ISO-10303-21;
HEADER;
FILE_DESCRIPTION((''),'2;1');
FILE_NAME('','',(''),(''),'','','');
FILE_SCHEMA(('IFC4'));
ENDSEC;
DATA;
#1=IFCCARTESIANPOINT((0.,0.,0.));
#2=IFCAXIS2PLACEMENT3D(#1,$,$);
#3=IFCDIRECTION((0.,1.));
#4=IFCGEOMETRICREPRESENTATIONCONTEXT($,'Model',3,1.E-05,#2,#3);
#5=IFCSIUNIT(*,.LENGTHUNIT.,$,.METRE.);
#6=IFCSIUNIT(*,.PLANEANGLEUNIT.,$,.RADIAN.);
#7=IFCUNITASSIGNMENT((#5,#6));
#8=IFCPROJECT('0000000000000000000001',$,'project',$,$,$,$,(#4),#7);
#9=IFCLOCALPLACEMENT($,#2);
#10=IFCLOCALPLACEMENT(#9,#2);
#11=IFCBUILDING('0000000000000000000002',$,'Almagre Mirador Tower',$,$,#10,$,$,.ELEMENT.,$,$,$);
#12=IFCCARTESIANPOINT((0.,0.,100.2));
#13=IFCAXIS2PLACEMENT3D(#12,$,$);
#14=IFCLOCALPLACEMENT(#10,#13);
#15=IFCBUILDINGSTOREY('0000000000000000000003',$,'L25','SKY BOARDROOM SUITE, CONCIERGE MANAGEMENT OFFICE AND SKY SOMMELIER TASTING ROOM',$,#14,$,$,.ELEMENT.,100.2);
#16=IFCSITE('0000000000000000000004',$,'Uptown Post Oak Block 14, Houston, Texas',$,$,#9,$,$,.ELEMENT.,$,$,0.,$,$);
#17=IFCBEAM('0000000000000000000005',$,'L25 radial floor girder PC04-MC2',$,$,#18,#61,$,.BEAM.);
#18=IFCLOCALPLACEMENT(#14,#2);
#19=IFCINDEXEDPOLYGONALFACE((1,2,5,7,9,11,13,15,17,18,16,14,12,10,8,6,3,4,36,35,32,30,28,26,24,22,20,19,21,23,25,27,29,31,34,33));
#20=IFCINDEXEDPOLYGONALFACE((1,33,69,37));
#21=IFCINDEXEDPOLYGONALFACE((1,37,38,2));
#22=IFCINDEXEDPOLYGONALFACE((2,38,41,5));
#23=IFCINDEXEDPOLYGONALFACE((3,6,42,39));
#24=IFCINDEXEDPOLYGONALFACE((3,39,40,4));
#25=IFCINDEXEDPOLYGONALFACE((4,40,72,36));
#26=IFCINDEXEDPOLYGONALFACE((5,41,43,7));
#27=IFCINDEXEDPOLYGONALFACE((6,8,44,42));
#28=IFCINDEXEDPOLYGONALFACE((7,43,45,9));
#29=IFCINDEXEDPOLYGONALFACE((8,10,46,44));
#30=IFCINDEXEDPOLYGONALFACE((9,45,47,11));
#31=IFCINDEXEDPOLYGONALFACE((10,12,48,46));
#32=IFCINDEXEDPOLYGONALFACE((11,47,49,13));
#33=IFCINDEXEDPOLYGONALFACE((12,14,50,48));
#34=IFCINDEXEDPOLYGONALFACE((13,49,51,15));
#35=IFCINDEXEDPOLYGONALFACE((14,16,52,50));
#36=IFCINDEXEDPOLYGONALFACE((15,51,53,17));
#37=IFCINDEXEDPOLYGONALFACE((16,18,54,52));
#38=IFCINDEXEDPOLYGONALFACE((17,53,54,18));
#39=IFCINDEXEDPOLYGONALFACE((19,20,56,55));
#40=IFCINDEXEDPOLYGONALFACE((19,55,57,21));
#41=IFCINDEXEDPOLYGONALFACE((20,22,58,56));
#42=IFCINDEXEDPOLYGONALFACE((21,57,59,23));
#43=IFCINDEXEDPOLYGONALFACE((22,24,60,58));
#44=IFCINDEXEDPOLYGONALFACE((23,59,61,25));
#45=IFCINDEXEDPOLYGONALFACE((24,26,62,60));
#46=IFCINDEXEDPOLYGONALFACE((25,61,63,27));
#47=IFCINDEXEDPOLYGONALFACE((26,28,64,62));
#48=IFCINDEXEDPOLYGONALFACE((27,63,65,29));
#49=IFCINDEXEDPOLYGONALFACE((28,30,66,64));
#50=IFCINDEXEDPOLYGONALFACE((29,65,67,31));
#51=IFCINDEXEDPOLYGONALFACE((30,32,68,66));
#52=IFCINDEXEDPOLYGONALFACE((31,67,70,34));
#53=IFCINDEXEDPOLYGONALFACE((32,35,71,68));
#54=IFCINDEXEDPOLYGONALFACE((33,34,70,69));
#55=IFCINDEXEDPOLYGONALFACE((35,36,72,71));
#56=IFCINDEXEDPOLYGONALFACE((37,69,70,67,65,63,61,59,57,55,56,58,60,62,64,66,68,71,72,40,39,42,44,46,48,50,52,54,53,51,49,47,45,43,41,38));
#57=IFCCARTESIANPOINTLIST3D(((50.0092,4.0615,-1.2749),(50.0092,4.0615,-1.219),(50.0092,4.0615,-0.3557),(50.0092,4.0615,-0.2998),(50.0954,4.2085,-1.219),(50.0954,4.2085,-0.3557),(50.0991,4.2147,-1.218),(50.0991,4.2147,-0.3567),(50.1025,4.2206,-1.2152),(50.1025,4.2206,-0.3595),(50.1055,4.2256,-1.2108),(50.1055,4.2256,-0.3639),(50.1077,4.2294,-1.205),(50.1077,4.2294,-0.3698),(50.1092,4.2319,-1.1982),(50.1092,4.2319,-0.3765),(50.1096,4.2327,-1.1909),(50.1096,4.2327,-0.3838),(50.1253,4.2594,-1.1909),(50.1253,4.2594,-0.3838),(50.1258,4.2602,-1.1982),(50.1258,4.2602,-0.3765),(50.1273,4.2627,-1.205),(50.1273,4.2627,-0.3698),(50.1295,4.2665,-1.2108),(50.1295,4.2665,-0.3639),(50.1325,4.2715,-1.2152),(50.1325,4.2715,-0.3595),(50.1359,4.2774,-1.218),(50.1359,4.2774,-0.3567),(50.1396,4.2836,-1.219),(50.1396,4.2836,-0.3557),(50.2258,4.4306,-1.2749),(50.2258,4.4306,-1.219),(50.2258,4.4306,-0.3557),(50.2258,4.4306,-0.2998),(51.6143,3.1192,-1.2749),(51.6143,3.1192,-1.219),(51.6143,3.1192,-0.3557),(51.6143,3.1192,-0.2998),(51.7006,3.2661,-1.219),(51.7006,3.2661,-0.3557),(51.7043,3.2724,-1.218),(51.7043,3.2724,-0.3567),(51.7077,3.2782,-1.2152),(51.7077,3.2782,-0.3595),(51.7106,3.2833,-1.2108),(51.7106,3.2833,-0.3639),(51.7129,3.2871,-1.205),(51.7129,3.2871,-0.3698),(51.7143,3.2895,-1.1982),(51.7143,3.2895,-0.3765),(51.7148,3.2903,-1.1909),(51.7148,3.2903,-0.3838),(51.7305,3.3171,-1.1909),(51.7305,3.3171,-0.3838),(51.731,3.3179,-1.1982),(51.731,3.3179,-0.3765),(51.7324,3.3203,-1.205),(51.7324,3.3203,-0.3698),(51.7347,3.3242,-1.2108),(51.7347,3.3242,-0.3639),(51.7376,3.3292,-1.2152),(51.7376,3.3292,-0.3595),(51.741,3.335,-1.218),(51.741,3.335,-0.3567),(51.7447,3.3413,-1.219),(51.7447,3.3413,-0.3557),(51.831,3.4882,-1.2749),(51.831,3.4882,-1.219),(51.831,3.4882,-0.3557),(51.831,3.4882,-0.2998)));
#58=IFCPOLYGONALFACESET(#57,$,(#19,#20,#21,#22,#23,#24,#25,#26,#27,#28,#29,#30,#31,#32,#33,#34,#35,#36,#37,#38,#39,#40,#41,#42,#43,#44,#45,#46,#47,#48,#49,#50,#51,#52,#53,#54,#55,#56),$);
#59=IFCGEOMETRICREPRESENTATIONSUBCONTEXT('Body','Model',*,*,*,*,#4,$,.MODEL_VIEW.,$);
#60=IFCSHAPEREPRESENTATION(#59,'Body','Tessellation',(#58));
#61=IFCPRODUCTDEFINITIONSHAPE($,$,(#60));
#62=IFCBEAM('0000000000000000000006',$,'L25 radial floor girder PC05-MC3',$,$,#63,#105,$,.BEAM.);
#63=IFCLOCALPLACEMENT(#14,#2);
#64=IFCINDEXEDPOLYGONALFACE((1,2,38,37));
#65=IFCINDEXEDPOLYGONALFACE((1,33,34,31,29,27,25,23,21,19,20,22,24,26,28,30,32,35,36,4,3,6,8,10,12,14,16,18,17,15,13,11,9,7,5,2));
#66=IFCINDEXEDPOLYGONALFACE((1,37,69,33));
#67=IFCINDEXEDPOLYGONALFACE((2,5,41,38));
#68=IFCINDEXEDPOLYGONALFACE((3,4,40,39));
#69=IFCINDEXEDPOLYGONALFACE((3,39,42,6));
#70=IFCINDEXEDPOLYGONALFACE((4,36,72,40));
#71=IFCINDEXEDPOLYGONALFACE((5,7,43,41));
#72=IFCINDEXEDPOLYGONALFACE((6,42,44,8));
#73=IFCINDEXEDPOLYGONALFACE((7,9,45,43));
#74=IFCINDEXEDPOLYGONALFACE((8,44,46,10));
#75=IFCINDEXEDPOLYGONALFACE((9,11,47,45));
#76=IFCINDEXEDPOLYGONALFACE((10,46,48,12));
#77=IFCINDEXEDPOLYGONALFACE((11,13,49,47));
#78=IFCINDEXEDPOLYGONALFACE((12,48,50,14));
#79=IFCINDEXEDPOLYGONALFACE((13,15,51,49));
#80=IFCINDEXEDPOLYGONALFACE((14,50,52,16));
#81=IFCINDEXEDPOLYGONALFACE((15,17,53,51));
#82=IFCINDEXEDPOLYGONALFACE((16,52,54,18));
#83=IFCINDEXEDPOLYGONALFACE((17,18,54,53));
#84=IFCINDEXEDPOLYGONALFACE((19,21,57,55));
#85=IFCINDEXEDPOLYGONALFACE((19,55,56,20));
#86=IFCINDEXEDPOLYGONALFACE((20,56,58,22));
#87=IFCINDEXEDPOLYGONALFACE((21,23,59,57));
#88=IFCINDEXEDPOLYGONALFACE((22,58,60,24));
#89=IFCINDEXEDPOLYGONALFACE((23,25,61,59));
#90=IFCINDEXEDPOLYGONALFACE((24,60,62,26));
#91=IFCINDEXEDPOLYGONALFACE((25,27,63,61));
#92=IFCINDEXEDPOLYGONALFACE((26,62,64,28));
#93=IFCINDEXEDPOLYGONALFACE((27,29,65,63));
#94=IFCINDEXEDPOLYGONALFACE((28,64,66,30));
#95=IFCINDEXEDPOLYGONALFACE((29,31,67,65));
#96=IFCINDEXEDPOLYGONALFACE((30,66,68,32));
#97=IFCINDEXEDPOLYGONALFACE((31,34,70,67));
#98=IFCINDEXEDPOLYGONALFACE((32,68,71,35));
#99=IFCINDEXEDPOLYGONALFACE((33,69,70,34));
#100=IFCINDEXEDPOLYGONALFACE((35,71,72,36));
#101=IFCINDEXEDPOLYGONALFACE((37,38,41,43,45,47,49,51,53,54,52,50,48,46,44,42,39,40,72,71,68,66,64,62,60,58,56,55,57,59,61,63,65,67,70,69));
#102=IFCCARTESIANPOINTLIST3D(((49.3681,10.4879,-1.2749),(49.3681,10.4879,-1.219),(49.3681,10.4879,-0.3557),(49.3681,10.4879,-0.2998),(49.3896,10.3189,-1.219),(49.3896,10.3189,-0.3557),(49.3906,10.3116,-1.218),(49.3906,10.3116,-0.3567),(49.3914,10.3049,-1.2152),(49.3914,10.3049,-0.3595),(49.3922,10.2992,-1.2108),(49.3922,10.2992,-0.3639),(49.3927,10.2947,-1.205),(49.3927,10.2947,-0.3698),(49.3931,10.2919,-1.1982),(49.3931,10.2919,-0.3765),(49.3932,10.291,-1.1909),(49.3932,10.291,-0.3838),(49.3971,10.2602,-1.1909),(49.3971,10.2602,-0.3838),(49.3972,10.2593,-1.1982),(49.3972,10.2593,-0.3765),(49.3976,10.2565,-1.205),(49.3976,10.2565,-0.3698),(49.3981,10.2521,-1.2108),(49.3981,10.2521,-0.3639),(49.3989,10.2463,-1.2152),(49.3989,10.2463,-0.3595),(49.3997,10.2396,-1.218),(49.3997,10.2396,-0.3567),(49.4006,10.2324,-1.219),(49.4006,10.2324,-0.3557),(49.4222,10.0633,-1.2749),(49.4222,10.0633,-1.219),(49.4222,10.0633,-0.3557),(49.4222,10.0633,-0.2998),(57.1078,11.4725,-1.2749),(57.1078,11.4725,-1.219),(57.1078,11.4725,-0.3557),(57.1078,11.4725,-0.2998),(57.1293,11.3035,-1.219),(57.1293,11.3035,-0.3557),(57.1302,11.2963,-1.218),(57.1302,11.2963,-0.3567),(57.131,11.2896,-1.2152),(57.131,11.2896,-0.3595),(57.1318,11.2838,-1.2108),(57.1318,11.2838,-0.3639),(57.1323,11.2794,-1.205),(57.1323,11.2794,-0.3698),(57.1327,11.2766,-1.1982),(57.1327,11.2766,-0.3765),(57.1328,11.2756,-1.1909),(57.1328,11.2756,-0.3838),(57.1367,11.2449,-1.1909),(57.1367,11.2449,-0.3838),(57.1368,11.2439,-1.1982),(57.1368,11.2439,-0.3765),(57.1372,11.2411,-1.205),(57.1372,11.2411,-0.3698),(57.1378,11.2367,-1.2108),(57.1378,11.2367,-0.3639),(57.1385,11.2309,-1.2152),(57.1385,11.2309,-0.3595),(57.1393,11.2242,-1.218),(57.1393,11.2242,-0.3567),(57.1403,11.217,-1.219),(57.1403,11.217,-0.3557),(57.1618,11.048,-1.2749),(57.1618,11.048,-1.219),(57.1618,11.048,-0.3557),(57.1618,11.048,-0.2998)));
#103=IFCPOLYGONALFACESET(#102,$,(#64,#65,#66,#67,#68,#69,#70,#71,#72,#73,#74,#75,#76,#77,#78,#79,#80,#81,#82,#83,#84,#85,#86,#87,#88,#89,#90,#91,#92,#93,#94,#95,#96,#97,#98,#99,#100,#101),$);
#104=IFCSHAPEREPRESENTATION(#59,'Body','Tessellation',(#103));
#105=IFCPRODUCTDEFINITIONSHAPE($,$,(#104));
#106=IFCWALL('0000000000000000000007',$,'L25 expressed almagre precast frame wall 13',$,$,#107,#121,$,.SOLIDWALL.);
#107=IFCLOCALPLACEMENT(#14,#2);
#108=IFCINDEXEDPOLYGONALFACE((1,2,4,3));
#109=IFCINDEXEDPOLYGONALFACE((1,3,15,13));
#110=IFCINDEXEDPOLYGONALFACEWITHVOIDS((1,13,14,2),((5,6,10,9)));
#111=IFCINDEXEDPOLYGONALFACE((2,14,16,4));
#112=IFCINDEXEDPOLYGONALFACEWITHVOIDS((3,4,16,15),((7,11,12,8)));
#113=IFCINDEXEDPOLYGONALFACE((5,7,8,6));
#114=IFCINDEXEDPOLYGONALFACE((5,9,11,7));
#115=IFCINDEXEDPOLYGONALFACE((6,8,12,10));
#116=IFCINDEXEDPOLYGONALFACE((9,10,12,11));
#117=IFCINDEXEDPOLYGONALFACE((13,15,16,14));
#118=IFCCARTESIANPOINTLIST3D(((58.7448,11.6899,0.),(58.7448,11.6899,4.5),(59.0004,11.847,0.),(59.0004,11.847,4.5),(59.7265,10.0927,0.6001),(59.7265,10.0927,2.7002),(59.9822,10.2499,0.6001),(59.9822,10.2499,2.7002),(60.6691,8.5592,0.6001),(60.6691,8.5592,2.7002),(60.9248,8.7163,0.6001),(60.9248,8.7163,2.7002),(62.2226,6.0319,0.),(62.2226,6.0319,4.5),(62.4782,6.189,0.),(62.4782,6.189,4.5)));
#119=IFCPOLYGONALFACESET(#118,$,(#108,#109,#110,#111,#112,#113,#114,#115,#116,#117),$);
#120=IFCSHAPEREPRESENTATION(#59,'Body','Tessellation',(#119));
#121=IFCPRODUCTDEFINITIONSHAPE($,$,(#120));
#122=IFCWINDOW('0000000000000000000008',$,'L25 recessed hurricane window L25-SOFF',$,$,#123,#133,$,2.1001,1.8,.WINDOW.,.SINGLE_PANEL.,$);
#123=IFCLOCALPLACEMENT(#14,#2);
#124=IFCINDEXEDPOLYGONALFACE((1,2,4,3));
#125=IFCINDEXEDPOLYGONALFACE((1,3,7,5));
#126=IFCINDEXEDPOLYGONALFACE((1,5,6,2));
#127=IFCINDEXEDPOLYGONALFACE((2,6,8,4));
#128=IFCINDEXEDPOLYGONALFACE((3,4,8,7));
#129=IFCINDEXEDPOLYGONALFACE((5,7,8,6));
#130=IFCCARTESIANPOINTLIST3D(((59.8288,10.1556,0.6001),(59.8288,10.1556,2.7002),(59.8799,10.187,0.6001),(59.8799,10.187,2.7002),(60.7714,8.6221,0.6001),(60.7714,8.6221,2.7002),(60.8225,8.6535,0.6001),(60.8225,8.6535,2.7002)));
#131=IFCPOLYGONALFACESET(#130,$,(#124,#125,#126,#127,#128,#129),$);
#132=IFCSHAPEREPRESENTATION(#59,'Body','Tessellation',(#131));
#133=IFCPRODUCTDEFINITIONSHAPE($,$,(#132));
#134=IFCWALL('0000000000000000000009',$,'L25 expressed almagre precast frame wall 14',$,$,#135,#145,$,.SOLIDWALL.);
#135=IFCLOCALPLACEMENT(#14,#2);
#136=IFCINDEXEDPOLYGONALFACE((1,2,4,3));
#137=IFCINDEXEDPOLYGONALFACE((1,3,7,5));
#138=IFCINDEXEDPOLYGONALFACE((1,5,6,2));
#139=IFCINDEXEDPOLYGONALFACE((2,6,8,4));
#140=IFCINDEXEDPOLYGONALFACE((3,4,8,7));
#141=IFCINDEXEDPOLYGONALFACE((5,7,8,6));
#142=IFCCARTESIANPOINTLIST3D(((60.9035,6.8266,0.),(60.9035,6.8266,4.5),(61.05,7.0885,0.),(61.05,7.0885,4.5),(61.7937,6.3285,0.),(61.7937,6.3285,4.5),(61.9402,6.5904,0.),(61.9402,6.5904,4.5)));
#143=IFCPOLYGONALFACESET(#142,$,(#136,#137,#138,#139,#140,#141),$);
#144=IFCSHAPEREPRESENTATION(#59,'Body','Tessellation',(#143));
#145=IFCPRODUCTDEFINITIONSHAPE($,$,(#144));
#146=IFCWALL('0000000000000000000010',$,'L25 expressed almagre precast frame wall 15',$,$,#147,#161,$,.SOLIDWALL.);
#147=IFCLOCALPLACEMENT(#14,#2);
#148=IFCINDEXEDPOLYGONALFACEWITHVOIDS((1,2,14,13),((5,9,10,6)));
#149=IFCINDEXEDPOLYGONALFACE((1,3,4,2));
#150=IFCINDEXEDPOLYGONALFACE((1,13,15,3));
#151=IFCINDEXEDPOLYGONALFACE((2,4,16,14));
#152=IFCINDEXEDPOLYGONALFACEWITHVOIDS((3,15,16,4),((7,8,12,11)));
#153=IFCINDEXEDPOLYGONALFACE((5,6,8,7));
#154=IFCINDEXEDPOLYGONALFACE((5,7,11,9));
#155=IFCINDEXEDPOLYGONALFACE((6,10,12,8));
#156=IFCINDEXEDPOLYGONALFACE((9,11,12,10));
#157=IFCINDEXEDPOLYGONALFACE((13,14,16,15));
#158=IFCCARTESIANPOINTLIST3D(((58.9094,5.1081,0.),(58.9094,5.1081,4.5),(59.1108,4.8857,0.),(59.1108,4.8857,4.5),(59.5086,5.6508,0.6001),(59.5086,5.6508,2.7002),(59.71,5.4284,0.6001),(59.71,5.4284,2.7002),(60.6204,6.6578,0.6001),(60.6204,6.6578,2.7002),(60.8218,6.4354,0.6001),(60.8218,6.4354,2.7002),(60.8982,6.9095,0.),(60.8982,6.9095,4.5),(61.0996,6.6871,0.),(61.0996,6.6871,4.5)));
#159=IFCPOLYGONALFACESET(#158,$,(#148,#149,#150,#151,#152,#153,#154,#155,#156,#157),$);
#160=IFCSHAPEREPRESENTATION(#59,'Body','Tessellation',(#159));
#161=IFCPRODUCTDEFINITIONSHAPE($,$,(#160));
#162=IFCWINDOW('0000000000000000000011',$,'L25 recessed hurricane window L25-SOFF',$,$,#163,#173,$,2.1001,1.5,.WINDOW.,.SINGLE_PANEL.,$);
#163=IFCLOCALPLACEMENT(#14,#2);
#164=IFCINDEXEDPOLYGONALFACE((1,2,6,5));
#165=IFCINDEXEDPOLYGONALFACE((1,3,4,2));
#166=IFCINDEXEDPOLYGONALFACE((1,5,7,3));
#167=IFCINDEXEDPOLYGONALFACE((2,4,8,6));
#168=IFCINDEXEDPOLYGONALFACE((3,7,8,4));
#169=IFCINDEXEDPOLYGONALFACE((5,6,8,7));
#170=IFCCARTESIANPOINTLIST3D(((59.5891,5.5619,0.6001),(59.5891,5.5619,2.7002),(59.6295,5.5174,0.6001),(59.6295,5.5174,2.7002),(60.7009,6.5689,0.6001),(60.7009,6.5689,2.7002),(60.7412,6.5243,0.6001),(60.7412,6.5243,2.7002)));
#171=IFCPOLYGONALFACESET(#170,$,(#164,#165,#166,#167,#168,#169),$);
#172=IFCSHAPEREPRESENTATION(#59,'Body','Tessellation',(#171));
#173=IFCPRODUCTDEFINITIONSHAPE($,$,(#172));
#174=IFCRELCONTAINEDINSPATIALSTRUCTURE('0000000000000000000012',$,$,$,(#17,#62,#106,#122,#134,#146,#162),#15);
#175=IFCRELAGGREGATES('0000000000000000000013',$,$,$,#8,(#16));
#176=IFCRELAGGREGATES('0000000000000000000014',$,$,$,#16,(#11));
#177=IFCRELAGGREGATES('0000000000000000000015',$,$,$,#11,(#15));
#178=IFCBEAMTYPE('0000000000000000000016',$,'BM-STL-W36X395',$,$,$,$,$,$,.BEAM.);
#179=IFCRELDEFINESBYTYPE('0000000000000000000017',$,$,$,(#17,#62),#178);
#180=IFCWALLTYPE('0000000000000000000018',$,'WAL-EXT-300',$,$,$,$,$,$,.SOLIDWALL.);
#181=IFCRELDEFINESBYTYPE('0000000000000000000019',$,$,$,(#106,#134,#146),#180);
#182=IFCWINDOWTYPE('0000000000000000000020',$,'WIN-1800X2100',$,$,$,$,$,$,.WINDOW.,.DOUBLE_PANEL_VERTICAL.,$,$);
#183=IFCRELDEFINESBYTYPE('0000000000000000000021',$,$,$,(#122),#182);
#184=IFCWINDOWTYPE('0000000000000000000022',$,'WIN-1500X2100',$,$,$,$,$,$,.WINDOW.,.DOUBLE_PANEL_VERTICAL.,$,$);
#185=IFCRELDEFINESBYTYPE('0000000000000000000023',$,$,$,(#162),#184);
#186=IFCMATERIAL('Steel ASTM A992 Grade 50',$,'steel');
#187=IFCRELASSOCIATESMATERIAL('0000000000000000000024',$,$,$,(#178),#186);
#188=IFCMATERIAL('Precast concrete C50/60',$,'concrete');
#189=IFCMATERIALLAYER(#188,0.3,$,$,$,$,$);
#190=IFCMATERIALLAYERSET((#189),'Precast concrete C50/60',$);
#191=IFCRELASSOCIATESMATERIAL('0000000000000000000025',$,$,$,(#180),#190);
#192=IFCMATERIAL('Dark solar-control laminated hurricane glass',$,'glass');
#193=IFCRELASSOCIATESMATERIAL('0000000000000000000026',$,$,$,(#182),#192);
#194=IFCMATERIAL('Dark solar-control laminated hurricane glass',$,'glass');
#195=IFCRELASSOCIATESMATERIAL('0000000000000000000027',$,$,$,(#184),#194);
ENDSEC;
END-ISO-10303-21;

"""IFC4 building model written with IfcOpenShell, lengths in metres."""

from ifc_helpers import new_model, si_unit, direction, frame, frame_2d, origin, origin_2d, place, context, subcontext, project, spatial, rectangle, i_section, extrude, material, layer, layer_set, material_profile, profile_set, type_object, element, fill, save


model = new_model("IFC4")

# Units and contexts
model_context = context("Model", 3, precision=1e-05, world=origin(), true_north=direction((0.0, 1.0)))
body_context = subcontext(model_context, "Body", "Model", "MODEL_VIEW")
ifc_project = project(units=[si_unit("LENGTHUNIT", "METRE"), si_unit("PLANEANGLEUNIT", "RADIAN")], contexts=[model_context])

# Site, building, storey
site_placement = place(None, origin())
site = spatial("IfcSite", under=ifc_project, at=site_placement, Name="Uptown Post Oak Block 14, Houston, Texas", CompositionType="ELEMENT", RefElevation=0.0)
building_placement = place(site_placement, origin())
building = spatial("IfcBuilding", under=site, at=building_placement, Name="Almagre Mirador Tower", CompositionType="ELEMENT")
storey_placement = place(building_placement, frame((0.0, 0.0, 100.2)))
storey = spatial("IfcBuildingStorey", under=building, at=storey_placement, Name="L25", Description="SKY BOARDROOM SUITE, CONCIERGE MANAGEMENT OFFICE AND SKY SOMMELIER TASTING ROOM", CompositionType="ELEMENT", Elevation=100.2)

# Beams
ifc_material_1 = material(Name="Steel ASTM A992 Grade 50", Category="steel")
ifc_material_profile_1 = material_profile(ifc_material_1, i_section(OverallWidth=0.428, OverallDepth=0.9751, WebThickness=0.031, FlangeThickness=0.0559, FilletRadius=0.0281, at=origin_2d()), Name="W36X395")
ifc_profile_set_1 = profile_set([ifc_material_profile_1], Name="Steel ASTM A992 Grade 50")
beam_type_1 = type_object("IfcBeamType", Name="BM-STL-W36X395", PredefinedType="BEAM", material=ifc_profile_set_1)
beam_1_placement = place(storey_placement, frame((51.7227, 3.3037, -0.7874), z_axis=(-0.862372, 0.506275, 0.0), x_axis=(-0.506275, -0.862372, 0.0)))
element("IfcBeam", 1, at=beam_1_placement, inside=storey, type_object=beam_type_1, Name="L25 radial floor girder PC04-MC2", PredefinedType="BEAM", context=body_context, shape_type="SweptSolid", body=[
    extrude(i_section(OverallWidth=0.428, OverallDepth=0.9751, WebThickness=0.031, FlangeThickness=0.0559, FilletRadius=0.0281, at=origin_2d()), origin(), (0.0, 0.0, 1.0), 1.8613),
])
beam_2_placement = place(storey_placement, frame((57.1348, 11.2603, -0.7874), z_axis=(-0.992004, -0.126203, 0.0), x_axis=(0.126203, -0.992004, 0.0)))
element("IfcBeam", 2, at=beam_2_placement, inside=storey, type_object=beam_type_1, Name="L25 radial floor girder PC05-MC3", PredefinedType="BEAM", context=body_context, shape_type="SweptSolid", body=[
    extrude(i_section(OverallWidth=0.428, OverallDepth=0.9751, WebThickness=0.031, FlangeThickness=0.0559, FilletRadius=0.0281, at=origin_2d()), origin(), (0.0, 0.0, 1.0), 7.802),
])

# Wall, opening, window
ifc_material_2 = material(Name="Precast concrete C50/60", Category="concrete")
ifc_layer_1 = layer(ifc_material_2, 0.3)
ifc_layer_set_1 = layer_set([ifc_layer_1], Name="Precast concrete C50/60")
wall_type_1 = type_object("IfcWallType", Name="WAL-EXT-300", PredefinedType="SOLIDWALL", material=ifc_layer_set_1)
wall_1_placement = place(storey_placement, frame((58.8726, 11.7686, 0.0), z_axis=(0.0, 0.0, 1.0), x_axis=(0.523656, -0.85193, 0.0)))
wall_1 = element("IfcWall", 3, at=wall_1_placement, inside=storey, type_object=wall_type_1, Name="L25 expressed almagre precast frame wall 13", PredefinedType="SOLIDWALL", context=body_context, shape_type="SweptSolid", body=[
    extrude(rectangle(XDim=6.6414, YDim=0.3, at=frame_2d((3.3208, 0.0))), origin(), (0.0, 0.0, 1.0), 4.5),
])
opening_1_placement = place(wall_1_placement, frame((1.875, 0.0, 0.6001)))
opening_1 = element("IfcOpeningElement", 4, at=opening_1_placement, cuts=wall_1, PredefinedType="OPENING", context=body_context, shape_type="SweptSolid", body=[
    extrude(rectangle(XDim=1.8, YDim=2.1001, at=frame_2d((0.8999, 1.05))), frame((0.0, 0.1599, 0.0), z_axis=(0.0, -1.0, 0.0), x_axis=(1.0, 0.0, 0.0)), (0.0, 0.0, 1.0), 0.32),
])
ifc_material_3 = material(Name="Dark solar-control laminated hurricane glass", Category="glass")
window_type_1 = type_object("IfcWindowType", Name="WIN-1800X2100", PartitioningType="DOUBLE_PANEL_VERTICAL", PredefinedType="WINDOW", material=ifc_material_3)
window_1_placement = place(opening_1_placement, origin())
window_1 = element("IfcWindow", 5, at=window_1_placement, inside=storey, type_object=window_type_1, Name="L25 recessed hurricane window L25-SOFF", OverallHeight=2.1001, OverallWidth=1.8, PartitioningType="SINGLE_PANEL", PredefinedType="WINDOW", context=body_context, shape_type="SweptSolid", body=[
    extrude(rectangle(XDim=1.8, YDim=2.1001, at=frame_2d((0.8999, 1.05))), frame((0.0, 0.03, 0.0), z_axis=(0.0, -1.0, 0.0), x_axis=(1.0, 0.0, 0.0)), (0.0, 0.0, 1.0), 0.0601),
])
fill(opening_1, window_1)

# Wall
wall_2_placement = place(storey_placement, frame((61.8669, 6.4595, 0.0), z_axis=(0.0, 0.0, 1.0), x_axis=(-0.872686, 0.488283, 0.0)))
element("IfcWall", 6, at=wall_2_placement, inside=storey, type_object=wall_type_1, Name="L25 expressed almagre precast frame wall 14", PredefinedType="SOLIDWALL", context=body_context, shape_type="SweptSolid", body=[
    extrude(rectangle(XDim=1.02, YDim=0.3, at=frame_2d((0.51, 0.0))), origin(), (0.0, 0.0, 1.0), 4.5),
])

# Wall, opening, window
wall_3_placement = place(storey_placement, frame((60.999, 6.7983, 0.0), z_axis=(0.0, 0.0, 1.0), x_axis=(-0.741182, -0.671304, 0.0)))
wall_3 = element("IfcWall", 7, at=wall_3_placement, inside=storey, type_object=wall_type_1, Name="L25 expressed almagre precast frame wall 15", PredefinedType="SOLIDWALL", context=body_context, shape_type="SweptSolid", body=[
    extrude(rectangle(XDim=2.6833, YDim=0.3, at=frame_2d((1.3418, 0.0))), origin(), (0.0, 0.0, 1.0), 4.5),
])
opening_2_placement = place(wall_3_placement, frame((0.375, 0.0, 0.6001)))
opening_2 = element("IfcOpeningElement", 8, at=opening_2_placement, cuts=wall_3, PredefinedType="OPENING", context=body_context, shape_type="SweptSolid", body=[
    extrude(rectangle(XDim=1.5, YDim=2.1001, at=frame_2d((0.75, 1.05))), frame((0.0, 0.1599, 0.0), z_axis=(0.0, -1.0, 0.0), x_axis=(1.0, 0.0, 0.0)), (0.0, 0.0, 1.0), 0.32),
])
ifc_material_4 = material(Name="Dark solar-control laminated hurricane glass", Category="glass")
window_type_2 = type_object("IfcWindowType", Name="WIN-1500X2100", PartitioningType="DOUBLE_PANEL_VERTICAL", PredefinedType="WINDOW", material=ifc_material_4)
window_2_placement = place(opening_2_placement, origin())
window_2 = element("IfcWindow", 9, at=window_2_placement, inside=storey, type_object=window_type_2, Name="L25 recessed hurricane window L25-SOFF", OverallHeight=2.1001, OverallWidth=1.5, PartitioningType="SINGLE_PANEL", PredefinedType="WINDOW", context=body_context, shape_type="SweptSolid", body=[
    extrude(rectangle(XDim=1.5, YDim=2.1001, at=frame_2d((0.75, 1.05))), frame((0.0, 0.03, 0.0), z_axis=(0.0, -1.0, 0.0), x_axis=(1.0, 0.0, 0.0)), (0.0, 0.0, 1.0), 0.0601),
])
fill(opening_2, window_2)

save(model, "model.ifc")
